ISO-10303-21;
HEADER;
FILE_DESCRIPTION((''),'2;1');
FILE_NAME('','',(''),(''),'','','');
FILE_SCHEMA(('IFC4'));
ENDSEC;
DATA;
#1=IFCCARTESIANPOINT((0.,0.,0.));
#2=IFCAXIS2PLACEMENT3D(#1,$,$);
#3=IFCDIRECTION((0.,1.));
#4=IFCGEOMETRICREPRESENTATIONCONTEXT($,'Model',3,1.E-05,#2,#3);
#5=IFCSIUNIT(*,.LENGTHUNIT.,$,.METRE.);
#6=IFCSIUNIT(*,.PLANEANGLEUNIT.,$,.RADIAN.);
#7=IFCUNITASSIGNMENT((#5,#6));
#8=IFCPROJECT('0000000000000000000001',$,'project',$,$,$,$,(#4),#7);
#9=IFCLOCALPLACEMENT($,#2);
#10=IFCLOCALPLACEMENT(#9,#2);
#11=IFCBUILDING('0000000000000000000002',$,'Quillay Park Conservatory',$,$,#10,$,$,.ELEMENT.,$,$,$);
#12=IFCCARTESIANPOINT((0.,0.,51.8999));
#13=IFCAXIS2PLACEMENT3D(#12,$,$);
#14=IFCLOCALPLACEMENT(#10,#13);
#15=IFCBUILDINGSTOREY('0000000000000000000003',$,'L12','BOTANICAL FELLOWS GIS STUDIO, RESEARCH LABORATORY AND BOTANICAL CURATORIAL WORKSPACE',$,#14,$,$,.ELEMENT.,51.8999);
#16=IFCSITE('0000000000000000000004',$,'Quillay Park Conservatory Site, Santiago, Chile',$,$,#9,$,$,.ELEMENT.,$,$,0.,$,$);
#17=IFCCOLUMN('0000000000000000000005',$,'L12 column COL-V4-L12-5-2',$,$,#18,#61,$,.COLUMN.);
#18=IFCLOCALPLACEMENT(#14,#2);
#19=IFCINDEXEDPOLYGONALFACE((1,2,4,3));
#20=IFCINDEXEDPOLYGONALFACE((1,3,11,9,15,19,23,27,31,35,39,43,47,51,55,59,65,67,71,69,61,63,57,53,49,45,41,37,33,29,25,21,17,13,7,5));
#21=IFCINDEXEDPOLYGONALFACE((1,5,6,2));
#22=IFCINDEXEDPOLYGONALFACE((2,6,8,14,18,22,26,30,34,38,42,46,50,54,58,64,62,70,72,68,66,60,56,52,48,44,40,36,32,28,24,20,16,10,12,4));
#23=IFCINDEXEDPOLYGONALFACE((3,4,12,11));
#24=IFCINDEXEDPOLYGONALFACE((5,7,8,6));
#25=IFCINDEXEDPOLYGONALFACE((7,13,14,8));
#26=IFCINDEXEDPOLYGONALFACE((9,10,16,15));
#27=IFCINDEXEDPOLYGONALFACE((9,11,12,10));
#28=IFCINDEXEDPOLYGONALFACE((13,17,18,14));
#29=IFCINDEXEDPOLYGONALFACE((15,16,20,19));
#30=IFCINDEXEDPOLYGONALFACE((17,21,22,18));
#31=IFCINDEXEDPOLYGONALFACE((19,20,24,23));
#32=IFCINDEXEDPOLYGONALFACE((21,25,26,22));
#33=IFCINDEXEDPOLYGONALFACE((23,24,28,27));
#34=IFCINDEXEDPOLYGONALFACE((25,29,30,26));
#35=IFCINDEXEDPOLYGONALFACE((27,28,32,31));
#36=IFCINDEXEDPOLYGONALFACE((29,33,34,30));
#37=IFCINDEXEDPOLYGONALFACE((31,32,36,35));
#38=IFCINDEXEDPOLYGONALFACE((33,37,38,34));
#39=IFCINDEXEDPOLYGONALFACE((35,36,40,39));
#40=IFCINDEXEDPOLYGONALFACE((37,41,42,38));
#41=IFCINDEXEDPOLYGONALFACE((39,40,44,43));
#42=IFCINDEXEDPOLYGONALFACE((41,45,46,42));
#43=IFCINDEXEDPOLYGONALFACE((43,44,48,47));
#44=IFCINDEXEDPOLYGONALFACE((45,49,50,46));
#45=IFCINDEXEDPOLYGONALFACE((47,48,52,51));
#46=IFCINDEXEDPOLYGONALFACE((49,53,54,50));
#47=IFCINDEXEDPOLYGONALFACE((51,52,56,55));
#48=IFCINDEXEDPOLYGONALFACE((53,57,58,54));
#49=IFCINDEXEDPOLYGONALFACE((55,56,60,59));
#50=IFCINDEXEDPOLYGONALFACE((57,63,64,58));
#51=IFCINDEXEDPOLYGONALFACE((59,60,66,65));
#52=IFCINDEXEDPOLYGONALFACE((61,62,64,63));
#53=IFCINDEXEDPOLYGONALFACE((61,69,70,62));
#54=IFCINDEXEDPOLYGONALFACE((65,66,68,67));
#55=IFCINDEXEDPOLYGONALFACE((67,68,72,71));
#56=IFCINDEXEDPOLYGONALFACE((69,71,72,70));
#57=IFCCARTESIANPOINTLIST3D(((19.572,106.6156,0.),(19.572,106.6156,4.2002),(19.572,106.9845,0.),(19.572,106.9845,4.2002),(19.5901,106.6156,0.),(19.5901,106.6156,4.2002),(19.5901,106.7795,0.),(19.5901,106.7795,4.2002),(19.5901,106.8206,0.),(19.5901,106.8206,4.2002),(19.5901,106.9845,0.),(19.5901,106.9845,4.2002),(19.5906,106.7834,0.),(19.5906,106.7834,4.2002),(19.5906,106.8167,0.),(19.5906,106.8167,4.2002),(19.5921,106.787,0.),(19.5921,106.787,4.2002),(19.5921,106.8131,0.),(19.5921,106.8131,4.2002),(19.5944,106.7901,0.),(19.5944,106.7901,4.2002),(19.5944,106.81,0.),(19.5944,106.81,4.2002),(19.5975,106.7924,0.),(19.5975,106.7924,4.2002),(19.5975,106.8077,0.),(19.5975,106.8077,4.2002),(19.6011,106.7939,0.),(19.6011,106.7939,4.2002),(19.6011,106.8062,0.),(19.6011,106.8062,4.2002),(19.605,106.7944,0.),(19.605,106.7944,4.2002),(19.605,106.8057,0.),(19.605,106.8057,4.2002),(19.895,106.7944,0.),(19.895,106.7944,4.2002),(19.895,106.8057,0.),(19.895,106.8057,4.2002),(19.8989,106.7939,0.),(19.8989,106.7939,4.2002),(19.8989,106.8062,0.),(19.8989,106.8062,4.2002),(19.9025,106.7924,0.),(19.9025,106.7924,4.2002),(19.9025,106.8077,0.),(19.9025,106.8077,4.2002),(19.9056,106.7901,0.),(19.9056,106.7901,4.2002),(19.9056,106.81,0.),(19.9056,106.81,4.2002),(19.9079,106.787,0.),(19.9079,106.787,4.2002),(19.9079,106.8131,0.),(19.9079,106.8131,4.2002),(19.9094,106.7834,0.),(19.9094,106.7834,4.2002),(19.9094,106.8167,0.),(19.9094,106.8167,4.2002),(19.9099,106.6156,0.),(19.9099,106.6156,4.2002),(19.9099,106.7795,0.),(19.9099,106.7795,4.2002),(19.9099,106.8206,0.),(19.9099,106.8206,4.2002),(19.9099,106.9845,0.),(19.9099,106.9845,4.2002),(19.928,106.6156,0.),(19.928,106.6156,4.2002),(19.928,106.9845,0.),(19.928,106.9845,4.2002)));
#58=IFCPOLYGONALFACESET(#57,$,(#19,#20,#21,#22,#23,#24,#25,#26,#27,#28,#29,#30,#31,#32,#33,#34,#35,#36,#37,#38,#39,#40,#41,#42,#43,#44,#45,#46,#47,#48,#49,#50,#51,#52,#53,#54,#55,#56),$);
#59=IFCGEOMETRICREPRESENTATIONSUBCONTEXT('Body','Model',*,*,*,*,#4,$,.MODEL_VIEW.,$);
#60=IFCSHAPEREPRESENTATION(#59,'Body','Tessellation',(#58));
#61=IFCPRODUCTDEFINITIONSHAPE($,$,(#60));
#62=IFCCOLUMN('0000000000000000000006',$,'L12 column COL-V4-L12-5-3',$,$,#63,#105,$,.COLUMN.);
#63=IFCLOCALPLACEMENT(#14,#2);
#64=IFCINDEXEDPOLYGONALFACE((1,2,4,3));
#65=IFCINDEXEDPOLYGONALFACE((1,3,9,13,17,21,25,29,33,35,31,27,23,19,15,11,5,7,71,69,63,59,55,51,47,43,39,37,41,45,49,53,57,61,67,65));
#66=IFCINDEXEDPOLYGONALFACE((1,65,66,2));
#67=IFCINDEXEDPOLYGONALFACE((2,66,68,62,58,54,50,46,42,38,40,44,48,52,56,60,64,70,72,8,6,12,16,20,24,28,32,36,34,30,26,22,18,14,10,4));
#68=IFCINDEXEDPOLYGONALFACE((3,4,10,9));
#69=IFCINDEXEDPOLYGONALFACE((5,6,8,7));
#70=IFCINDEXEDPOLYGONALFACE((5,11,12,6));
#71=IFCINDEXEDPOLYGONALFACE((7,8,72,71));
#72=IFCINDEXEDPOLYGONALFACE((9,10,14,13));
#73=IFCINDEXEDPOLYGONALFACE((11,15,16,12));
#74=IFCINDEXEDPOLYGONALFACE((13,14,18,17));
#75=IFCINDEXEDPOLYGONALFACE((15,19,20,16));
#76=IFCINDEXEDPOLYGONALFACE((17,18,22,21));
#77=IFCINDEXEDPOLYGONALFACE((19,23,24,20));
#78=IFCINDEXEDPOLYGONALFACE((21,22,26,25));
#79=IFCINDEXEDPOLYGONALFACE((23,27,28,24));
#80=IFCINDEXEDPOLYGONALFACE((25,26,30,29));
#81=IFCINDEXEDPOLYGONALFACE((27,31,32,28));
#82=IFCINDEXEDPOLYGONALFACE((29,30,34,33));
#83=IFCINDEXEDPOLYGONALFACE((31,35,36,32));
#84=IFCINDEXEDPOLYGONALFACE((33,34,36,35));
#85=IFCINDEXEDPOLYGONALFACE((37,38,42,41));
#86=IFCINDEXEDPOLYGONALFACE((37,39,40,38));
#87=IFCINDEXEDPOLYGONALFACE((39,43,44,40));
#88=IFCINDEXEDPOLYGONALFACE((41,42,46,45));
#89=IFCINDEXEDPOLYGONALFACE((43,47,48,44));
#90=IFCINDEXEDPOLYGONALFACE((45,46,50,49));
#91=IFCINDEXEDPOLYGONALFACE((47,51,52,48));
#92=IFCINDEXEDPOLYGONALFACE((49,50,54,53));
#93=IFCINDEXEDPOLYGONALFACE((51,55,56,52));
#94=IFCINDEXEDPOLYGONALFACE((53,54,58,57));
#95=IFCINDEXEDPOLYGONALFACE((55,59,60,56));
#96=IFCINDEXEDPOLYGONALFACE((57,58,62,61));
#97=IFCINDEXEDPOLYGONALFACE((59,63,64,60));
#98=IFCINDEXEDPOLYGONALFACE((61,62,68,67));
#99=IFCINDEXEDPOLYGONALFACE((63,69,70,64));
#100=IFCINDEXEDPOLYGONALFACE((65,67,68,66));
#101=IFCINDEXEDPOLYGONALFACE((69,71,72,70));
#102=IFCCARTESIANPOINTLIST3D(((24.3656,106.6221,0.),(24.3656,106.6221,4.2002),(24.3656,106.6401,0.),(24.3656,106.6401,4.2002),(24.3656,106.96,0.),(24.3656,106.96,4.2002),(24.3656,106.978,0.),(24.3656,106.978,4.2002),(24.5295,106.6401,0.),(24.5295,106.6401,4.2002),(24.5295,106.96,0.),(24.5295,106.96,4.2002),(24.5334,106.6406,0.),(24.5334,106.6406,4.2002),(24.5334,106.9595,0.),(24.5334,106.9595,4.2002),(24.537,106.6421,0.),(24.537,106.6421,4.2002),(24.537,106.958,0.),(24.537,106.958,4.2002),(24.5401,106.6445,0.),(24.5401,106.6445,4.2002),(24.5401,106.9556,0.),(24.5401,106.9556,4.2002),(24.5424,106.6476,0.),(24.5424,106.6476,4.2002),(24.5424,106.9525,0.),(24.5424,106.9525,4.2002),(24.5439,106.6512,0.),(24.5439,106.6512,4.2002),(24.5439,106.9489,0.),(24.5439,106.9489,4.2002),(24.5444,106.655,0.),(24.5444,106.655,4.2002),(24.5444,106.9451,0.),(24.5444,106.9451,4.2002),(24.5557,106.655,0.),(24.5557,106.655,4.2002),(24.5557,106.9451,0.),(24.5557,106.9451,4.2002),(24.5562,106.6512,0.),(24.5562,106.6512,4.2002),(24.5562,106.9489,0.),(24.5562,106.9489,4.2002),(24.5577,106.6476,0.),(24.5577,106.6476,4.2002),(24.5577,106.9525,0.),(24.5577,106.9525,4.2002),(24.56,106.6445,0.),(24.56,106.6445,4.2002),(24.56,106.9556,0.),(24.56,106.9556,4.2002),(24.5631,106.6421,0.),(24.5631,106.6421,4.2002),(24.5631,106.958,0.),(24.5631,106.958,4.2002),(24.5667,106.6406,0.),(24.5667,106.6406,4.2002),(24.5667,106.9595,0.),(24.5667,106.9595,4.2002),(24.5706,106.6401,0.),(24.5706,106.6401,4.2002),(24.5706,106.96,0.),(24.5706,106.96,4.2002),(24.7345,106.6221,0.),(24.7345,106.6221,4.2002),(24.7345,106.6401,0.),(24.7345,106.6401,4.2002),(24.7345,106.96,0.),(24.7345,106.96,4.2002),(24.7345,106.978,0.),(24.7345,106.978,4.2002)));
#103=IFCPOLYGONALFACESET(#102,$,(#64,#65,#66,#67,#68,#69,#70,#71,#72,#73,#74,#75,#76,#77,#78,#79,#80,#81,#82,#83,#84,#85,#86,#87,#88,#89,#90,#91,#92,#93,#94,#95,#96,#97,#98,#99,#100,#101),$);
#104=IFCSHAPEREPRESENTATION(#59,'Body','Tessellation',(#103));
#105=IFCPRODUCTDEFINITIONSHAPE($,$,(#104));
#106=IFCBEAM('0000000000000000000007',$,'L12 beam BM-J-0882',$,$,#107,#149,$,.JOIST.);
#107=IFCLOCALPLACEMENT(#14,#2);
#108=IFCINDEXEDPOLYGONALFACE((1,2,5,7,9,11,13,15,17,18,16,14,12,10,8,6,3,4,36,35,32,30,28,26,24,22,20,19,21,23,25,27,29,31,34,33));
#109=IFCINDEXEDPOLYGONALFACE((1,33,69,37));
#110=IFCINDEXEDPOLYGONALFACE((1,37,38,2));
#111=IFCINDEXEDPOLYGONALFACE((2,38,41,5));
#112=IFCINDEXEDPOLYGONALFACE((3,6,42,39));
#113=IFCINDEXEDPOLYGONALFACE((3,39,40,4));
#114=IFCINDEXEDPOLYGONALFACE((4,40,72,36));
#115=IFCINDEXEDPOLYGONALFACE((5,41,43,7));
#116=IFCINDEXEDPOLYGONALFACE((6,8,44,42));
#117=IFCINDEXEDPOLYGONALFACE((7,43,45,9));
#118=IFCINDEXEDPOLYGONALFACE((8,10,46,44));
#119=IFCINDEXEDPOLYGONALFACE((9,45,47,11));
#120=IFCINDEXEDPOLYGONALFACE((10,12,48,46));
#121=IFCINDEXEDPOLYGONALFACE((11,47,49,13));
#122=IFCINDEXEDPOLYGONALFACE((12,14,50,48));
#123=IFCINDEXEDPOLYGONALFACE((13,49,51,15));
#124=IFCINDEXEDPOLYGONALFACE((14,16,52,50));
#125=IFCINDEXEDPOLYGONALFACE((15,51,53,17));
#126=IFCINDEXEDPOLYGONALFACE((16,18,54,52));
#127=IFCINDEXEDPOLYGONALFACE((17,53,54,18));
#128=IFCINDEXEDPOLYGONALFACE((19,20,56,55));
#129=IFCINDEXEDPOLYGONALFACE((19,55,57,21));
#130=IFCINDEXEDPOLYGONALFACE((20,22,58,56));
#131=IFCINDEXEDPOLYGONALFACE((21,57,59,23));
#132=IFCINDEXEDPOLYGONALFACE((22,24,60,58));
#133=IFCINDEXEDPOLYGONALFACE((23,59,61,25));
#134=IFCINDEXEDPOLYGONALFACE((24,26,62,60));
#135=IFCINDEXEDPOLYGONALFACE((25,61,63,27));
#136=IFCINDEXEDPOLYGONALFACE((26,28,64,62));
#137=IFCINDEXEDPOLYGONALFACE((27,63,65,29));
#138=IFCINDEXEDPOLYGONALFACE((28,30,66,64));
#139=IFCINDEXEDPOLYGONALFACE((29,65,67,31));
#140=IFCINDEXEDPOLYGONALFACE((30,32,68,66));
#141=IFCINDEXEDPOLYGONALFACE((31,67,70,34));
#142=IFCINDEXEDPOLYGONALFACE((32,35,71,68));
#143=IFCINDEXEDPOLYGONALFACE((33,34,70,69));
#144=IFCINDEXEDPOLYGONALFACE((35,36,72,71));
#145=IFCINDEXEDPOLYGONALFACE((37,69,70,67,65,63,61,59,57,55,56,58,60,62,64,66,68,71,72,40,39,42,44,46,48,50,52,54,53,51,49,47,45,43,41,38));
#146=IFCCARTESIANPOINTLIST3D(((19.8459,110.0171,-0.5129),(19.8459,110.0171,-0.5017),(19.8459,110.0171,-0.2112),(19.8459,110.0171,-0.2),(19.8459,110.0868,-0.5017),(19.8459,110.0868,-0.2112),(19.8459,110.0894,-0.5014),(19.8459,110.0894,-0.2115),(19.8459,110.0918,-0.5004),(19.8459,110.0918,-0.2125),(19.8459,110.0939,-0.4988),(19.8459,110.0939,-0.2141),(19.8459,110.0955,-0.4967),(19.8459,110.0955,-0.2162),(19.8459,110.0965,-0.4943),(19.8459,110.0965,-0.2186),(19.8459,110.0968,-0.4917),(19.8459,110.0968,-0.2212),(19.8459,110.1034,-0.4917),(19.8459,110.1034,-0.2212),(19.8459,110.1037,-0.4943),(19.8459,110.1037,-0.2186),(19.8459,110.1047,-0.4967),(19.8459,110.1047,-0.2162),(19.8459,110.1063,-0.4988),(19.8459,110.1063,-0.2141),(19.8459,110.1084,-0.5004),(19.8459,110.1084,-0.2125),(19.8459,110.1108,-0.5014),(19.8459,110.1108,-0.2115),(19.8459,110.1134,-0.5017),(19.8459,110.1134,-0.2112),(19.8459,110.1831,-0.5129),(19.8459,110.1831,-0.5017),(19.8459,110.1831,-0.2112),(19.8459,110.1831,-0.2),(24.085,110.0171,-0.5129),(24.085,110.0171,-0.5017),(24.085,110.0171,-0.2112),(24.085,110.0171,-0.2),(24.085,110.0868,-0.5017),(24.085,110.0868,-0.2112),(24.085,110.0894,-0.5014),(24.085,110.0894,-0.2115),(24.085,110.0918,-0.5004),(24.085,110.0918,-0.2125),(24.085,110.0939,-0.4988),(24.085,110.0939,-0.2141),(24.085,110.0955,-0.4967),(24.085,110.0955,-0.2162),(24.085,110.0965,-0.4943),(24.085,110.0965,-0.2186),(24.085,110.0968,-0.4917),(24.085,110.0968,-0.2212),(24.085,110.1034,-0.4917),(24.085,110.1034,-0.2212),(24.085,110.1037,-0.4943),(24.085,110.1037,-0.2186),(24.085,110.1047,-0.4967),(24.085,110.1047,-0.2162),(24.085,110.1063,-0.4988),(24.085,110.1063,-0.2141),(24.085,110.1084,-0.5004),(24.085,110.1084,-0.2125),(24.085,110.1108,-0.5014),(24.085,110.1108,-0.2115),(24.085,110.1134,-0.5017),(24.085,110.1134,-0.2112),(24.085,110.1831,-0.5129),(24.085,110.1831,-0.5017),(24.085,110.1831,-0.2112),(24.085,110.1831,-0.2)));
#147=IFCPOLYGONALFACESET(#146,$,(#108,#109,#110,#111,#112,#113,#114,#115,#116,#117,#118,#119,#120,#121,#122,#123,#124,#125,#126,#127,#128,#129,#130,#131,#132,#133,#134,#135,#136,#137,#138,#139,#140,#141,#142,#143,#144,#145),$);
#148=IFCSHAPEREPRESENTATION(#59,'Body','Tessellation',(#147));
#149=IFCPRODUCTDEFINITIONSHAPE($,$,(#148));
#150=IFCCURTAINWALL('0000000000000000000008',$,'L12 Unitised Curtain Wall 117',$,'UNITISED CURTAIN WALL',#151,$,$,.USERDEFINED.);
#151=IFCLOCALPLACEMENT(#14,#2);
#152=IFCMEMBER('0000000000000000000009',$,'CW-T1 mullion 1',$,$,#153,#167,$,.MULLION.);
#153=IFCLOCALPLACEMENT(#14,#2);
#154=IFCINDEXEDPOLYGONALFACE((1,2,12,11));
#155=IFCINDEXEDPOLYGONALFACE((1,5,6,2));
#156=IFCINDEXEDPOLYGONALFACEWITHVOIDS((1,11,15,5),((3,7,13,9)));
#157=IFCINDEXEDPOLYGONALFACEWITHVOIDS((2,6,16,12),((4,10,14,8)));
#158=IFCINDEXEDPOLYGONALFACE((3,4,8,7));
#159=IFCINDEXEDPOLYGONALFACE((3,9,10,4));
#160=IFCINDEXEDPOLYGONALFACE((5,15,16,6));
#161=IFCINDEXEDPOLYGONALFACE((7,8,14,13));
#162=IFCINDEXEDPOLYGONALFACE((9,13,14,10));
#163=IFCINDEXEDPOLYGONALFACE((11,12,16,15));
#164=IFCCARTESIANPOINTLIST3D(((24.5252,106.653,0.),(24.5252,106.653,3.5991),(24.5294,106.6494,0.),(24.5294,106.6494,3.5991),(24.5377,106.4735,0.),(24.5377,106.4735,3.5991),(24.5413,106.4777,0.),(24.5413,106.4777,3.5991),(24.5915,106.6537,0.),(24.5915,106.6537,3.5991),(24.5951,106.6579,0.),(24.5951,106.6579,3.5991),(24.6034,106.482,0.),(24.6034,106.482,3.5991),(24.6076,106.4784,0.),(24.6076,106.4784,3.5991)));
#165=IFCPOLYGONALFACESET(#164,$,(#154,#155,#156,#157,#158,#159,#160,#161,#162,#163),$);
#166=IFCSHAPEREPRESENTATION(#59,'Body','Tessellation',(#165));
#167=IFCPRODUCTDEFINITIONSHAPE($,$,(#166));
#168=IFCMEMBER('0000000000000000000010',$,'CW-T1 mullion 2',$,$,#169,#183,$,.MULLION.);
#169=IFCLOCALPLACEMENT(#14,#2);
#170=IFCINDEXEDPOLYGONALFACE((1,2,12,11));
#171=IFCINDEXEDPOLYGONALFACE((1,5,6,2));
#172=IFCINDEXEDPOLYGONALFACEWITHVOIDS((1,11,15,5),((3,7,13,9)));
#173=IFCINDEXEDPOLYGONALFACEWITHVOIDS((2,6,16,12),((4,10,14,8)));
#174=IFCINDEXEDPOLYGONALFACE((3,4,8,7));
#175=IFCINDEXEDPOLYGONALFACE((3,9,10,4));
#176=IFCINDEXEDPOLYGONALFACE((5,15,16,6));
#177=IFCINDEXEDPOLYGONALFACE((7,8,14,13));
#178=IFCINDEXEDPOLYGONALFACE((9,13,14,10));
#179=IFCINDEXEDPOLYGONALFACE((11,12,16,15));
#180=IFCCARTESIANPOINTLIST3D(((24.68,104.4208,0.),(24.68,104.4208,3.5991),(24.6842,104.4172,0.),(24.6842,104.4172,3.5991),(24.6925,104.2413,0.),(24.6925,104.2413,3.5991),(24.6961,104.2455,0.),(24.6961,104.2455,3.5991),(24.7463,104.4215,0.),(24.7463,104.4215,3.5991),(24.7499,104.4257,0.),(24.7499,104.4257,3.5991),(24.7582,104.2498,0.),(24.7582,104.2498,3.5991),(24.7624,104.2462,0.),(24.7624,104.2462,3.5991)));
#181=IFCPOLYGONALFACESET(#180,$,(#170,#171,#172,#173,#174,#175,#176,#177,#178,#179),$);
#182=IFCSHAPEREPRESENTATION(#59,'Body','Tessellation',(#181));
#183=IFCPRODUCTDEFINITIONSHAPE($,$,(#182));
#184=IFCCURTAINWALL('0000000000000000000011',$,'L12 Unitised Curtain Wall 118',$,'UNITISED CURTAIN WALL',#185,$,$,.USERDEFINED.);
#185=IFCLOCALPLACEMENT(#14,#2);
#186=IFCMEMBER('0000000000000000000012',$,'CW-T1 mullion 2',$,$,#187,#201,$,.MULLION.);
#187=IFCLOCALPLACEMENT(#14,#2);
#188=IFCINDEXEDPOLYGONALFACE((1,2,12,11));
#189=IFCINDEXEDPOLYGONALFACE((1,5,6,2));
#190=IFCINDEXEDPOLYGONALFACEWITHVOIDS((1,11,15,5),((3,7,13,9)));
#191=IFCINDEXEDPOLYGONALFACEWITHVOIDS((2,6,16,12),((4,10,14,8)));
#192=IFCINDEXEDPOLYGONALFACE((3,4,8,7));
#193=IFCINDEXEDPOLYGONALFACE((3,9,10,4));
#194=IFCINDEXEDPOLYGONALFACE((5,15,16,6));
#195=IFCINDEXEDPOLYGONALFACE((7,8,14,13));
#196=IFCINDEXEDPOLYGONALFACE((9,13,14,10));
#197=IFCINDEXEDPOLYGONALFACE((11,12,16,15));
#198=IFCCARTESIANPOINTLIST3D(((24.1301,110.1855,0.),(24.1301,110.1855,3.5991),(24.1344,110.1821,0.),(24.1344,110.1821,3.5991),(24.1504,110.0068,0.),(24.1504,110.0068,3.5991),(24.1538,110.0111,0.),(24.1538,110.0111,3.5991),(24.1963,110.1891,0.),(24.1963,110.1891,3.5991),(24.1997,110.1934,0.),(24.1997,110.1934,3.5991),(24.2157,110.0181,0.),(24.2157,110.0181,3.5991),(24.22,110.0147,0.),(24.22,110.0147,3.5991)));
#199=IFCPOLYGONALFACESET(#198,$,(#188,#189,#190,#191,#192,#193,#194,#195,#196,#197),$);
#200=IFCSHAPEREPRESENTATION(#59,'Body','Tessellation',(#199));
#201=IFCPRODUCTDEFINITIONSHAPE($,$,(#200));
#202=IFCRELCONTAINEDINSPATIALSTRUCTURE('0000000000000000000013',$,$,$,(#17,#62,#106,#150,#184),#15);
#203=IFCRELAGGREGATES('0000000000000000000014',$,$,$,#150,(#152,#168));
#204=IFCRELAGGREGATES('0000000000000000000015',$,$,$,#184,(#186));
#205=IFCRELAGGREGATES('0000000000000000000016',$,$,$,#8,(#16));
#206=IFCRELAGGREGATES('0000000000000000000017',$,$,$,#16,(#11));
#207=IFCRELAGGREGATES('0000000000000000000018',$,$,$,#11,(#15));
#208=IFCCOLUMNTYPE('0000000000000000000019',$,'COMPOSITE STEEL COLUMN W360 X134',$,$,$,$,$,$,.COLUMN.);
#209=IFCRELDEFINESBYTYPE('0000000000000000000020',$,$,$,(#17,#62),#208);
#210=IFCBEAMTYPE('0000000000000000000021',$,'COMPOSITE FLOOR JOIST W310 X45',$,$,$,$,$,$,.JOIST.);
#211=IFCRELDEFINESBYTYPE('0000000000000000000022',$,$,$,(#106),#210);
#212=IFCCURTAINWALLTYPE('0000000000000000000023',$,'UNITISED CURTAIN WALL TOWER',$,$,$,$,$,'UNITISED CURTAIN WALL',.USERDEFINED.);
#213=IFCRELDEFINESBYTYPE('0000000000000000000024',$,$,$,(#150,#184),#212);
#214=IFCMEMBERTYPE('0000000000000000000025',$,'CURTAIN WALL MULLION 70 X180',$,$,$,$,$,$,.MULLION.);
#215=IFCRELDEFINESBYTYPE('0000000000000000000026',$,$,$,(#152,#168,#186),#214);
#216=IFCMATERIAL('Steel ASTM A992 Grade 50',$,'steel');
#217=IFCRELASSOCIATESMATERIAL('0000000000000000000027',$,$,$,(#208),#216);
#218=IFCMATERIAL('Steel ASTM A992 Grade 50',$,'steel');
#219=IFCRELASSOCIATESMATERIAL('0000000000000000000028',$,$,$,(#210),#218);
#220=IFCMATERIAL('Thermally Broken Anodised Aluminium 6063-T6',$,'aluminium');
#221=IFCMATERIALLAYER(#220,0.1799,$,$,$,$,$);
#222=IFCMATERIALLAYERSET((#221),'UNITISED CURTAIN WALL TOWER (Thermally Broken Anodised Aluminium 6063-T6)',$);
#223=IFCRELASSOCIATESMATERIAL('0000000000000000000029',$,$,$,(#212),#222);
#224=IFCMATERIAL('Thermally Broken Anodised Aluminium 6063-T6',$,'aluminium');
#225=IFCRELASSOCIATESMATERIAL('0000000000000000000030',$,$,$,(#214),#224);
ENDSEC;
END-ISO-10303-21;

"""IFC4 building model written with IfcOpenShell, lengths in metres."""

from ifc_helpers import new_model, si_unit, direction, frame, origin, origin_2d, place, context, subcontext, project, spatial, hollow_rectangle, i_section, extrude, material, layer, layer_set, material_profile, profile_set, type_object, element, aggregate, save


model = new_model("IFC4")

# Units and contexts
model_context = context("Model", 3, precision=1e-05, world=origin(), true_north=direction((0.0, 1.0)))
body_context = subcontext(model_context, "Body", "Model", "MODEL_VIEW")
ifc_project = project(units=[si_unit("LENGTHUNIT", "METRE"), si_unit("PLANEANGLEUNIT", "RADIAN")], contexts=[model_context])

# Site, building, storey
site_placement = place(None, origin())
site = spatial("IfcSite", under=ifc_project, at=site_placement, Name="Quillay Park Conservatory Site, Santiago, Chile", CompositionType="ELEMENT", RefElevation=0.0)
building_placement = place(site_placement, origin())
building = spatial("IfcBuilding", under=site, at=building_placement, Name="Quillay Park Conservatory", CompositionType="ELEMENT")
storey_placement = place(building_placement, frame((0.0, 0.0, 51.8999)))
storey = spatial("IfcBuildingStorey", under=building, at=storey_placement, Name="L12", Description="BOTANICAL FELLOWS GIS STUDIO, RESEARCH LABORATORY AND BOTANICAL CURATORIAL WORKSPACE", CompositionType="ELEMENT", Elevation=51.8999)

# Columns
ifc_material_1 = material(Name="Steel ASTM A992 Grade 50", Category="steel")
ifc_material_profile_1 = material_profile(ifc_material_1, i_section(OverallWidth=0.3689, OverallDepth=0.356, WebThickness=0.0112, FlangeThickness=0.0181, FilletRadius=0.0149, at=origin_2d()), Name="W360x134")
ifc_profile_set_1 = profile_set([ifc_material_profile_1], Name="Steel ASTM A992 Grade 50")
column_type = type_object("IfcColumnType", Name="COMPOSITE STEEL COLUMN W360 X134", PredefinedType="COLUMN", material=ifc_profile_set_1)
for number, where, z_axis, x_axis, name in (
    (1, (19.75, 106.8, 0.0), (0.0, 0.0, 1.0), (0.0, 1.0, 0.0), "L12 column COL-V4-L12-5-2"),
    (2, (24.55, 106.8, 0.0), (0.0, 0.0, 1.0), (1.0, 0.0, 0.0), "L12 column COL-V4-L12-5-3"),
):
    element("IfcColumn", number, at=place(storey_placement, frame(where, z_axis=z_axis, x_axis=x_axis)), inside=storey, type_object=column_type, Name=name, PredefinedType="COLUMN", context=body_context, shape_type="SweptSolid", body=[
        extrude(i_section(OverallWidth=0.3689, OverallDepth=0.356, WebThickness=0.0112, FlangeThickness=0.0181, FilletRadius=0.0149, at=origin_2d()), origin(), (0.0, 0.0, 1.0), 4.2002),
    ])

# Beam
ifc_material_2 = material(Name="Steel ASTM A992 Grade 50", Category="steel")
ifc_material_profile_2 = material_profile(ifc_material_2, i_section(OverallWidth=0.166, OverallDepth=0.313, WebThickness=0.0066, FlangeThickness=0.0112, FilletRadius=0.01, at=origin_2d()), Name="W310x45")
ifc_profile_set_2 = profile_set([ifc_material_profile_2], Name="Steel ASTM A992 Grade 50")
beam_type_1 = type_object("IfcBeamType", Name="COMPOSITE FLOOR JOIST W310 X45", PredefinedType="JOIST", material=ifc_profile_set_2)
beam_1_placement = place(storey_placement, frame((19.8459, 110.1001, -0.3564), z_axis=(1.0, 0.0, 0.0), x_axis=(0.0, 1.0, 0.0)))
element("IfcBeam", 3, at=beam_1_placement, inside=storey, type_object=beam_type_1, Name="L12 beam BM-J-0882", PredefinedType="JOIST", context=body_context, shape_type="SweptSolid", body=[
    extrude(i_section(OverallWidth=0.166, OverallDepth=0.313, WebThickness=0.0066, FlangeThickness=0.0112, FilletRadius=0.01, at=origin_2d()), origin(), (0.0, 0.0, 1.0), 4.239),
])

# Curtain walls, members
ifc_material_3 = material(Name="Thermally Broken Anodised Aluminium 6063-T6", Category="aluminium")
ifc_layer_1 = layer(ifc_material_3, 0.1799)
ifc_layer_set_1 = layer_set([ifc_layer_1], Name="UNITISED CURTAIN WALL TOWER (Thermally Broken Anodised Aluminium 6063-T6)")
curtain_wall_type = type_object("IfcCurtainWallType", Name="UNITISED CURTAIN WALL TOWER", ElementType="UNITISED CURTAIN WALL", PredefinedType="USERDEFINED", material=ifc_layer_set_1)
curtain_wall_1_placement = place(storey_placement, origin())
curtain_wall_1 = element("IfcCurtainWall", 4, at=curtain_wall_1_placement, inside=storey, type_object=curtain_wall_type, Name="L12 Unitised Curtain Wall 117", ObjectType="UNITISED CURTAIN WALL", PredefinedType="USERDEFINED")
ifc_material_4 = material(Name="Thermally Broken Anodised Aluminium 6063-T6", Category="aluminium")
ifc_material_profile_3 = material_profile(ifc_material_4, hollow_rectangle(XDim=0.0701, YDim=0.1799, WallThickness=0.0039, at=origin_2d()), Name="AL70x180x4")
ifc_profile_set_3 = profile_set([ifc_material_profile_3], Name="Thermally Broken Anodised Aluminium 6063-T6")
member_type_1 = type_object("IfcMemberType", Name="CURTAIN WALL MULLION 70 X180", PredefinedType="MULLION", material=ifc_profile_set_3)
member_1_placement = place(storey_placement, frame((24.5664, 106.5657, 0.0), z_axis=(0.0, 0.0, 1.0), x_axis=(0.997598, 0.069264, 0.0)))
member_1 = element("IfcMember", 5, at=member_1_placement, type_object=member_type_1, Name="CW-T1 mullion 1", PredefinedType="MULLION", context=body_context, shape_type="SweptSolid", body=[
    extrude(hollow_rectangle(XDim=0.0701, YDim=0.1799, WallThickness=0.0039, at=origin_2d()), origin(), (0.0, 0.0, 1.0), 3.5991),
])
member_2_placement = place(storey_placement, frame((24.7212, 104.3335, 0.0), z_axis=(0.0, 0.0, 1.0), x_axis=(0.997598, 0.069264, 0.0)))
member_2 = element("IfcMember", 6, at=member_2_placement, type_object=member_type_1, Name="CW-T1 mullion 2", PredefinedType="MULLION", context=body_context, shape_type="SweptSolid", body=[
    extrude(hollow_rectangle(XDim=0.0701, YDim=0.1799, WallThickness=0.0039, at=origin_2d()), origin(), (0.0, 0.0, 1.0), 3.5991),
])
curtain_wall_2_placement = place(storey_placement, origin())
curtain_wall_2 = element("IfcCurtainWall", 7, at=curtain_wall_2_placement, inside=storey, type_object=curtain_wall_type, Name="L12 Unitised Curtain Wall 118", ObjectType="UNITISED CURTAIN WALL", PredefinedType="USERDEFINED")
member_3_placement = place(storey_placement, frame((24.175, 110.1001, 0.0), z_axis=(0.0, 0.0, 1.0), x_axis=(0.993606, 0.112903, 0.0)))
member_3 = element("IfcMember", 8, at=member_3_placement, type_object=member_type_1, Name="CW-T1 mullion 2", PredefinedType="MULLION", context=body_context, shape_type="SweptSolid", body=[
    extrude(hollow_rectangle(XDim=0.0701, YDim=0.1799, WallThickness=0.0039, at=origin_2d()), origin(), (0.0, 0.0, 1.0), 3.5991),
])

aggregate(curtain_wall_1, [member_1, member_2])
aggregate(curtain_wall_2, [member_3])

save(model, "model.ifc")
